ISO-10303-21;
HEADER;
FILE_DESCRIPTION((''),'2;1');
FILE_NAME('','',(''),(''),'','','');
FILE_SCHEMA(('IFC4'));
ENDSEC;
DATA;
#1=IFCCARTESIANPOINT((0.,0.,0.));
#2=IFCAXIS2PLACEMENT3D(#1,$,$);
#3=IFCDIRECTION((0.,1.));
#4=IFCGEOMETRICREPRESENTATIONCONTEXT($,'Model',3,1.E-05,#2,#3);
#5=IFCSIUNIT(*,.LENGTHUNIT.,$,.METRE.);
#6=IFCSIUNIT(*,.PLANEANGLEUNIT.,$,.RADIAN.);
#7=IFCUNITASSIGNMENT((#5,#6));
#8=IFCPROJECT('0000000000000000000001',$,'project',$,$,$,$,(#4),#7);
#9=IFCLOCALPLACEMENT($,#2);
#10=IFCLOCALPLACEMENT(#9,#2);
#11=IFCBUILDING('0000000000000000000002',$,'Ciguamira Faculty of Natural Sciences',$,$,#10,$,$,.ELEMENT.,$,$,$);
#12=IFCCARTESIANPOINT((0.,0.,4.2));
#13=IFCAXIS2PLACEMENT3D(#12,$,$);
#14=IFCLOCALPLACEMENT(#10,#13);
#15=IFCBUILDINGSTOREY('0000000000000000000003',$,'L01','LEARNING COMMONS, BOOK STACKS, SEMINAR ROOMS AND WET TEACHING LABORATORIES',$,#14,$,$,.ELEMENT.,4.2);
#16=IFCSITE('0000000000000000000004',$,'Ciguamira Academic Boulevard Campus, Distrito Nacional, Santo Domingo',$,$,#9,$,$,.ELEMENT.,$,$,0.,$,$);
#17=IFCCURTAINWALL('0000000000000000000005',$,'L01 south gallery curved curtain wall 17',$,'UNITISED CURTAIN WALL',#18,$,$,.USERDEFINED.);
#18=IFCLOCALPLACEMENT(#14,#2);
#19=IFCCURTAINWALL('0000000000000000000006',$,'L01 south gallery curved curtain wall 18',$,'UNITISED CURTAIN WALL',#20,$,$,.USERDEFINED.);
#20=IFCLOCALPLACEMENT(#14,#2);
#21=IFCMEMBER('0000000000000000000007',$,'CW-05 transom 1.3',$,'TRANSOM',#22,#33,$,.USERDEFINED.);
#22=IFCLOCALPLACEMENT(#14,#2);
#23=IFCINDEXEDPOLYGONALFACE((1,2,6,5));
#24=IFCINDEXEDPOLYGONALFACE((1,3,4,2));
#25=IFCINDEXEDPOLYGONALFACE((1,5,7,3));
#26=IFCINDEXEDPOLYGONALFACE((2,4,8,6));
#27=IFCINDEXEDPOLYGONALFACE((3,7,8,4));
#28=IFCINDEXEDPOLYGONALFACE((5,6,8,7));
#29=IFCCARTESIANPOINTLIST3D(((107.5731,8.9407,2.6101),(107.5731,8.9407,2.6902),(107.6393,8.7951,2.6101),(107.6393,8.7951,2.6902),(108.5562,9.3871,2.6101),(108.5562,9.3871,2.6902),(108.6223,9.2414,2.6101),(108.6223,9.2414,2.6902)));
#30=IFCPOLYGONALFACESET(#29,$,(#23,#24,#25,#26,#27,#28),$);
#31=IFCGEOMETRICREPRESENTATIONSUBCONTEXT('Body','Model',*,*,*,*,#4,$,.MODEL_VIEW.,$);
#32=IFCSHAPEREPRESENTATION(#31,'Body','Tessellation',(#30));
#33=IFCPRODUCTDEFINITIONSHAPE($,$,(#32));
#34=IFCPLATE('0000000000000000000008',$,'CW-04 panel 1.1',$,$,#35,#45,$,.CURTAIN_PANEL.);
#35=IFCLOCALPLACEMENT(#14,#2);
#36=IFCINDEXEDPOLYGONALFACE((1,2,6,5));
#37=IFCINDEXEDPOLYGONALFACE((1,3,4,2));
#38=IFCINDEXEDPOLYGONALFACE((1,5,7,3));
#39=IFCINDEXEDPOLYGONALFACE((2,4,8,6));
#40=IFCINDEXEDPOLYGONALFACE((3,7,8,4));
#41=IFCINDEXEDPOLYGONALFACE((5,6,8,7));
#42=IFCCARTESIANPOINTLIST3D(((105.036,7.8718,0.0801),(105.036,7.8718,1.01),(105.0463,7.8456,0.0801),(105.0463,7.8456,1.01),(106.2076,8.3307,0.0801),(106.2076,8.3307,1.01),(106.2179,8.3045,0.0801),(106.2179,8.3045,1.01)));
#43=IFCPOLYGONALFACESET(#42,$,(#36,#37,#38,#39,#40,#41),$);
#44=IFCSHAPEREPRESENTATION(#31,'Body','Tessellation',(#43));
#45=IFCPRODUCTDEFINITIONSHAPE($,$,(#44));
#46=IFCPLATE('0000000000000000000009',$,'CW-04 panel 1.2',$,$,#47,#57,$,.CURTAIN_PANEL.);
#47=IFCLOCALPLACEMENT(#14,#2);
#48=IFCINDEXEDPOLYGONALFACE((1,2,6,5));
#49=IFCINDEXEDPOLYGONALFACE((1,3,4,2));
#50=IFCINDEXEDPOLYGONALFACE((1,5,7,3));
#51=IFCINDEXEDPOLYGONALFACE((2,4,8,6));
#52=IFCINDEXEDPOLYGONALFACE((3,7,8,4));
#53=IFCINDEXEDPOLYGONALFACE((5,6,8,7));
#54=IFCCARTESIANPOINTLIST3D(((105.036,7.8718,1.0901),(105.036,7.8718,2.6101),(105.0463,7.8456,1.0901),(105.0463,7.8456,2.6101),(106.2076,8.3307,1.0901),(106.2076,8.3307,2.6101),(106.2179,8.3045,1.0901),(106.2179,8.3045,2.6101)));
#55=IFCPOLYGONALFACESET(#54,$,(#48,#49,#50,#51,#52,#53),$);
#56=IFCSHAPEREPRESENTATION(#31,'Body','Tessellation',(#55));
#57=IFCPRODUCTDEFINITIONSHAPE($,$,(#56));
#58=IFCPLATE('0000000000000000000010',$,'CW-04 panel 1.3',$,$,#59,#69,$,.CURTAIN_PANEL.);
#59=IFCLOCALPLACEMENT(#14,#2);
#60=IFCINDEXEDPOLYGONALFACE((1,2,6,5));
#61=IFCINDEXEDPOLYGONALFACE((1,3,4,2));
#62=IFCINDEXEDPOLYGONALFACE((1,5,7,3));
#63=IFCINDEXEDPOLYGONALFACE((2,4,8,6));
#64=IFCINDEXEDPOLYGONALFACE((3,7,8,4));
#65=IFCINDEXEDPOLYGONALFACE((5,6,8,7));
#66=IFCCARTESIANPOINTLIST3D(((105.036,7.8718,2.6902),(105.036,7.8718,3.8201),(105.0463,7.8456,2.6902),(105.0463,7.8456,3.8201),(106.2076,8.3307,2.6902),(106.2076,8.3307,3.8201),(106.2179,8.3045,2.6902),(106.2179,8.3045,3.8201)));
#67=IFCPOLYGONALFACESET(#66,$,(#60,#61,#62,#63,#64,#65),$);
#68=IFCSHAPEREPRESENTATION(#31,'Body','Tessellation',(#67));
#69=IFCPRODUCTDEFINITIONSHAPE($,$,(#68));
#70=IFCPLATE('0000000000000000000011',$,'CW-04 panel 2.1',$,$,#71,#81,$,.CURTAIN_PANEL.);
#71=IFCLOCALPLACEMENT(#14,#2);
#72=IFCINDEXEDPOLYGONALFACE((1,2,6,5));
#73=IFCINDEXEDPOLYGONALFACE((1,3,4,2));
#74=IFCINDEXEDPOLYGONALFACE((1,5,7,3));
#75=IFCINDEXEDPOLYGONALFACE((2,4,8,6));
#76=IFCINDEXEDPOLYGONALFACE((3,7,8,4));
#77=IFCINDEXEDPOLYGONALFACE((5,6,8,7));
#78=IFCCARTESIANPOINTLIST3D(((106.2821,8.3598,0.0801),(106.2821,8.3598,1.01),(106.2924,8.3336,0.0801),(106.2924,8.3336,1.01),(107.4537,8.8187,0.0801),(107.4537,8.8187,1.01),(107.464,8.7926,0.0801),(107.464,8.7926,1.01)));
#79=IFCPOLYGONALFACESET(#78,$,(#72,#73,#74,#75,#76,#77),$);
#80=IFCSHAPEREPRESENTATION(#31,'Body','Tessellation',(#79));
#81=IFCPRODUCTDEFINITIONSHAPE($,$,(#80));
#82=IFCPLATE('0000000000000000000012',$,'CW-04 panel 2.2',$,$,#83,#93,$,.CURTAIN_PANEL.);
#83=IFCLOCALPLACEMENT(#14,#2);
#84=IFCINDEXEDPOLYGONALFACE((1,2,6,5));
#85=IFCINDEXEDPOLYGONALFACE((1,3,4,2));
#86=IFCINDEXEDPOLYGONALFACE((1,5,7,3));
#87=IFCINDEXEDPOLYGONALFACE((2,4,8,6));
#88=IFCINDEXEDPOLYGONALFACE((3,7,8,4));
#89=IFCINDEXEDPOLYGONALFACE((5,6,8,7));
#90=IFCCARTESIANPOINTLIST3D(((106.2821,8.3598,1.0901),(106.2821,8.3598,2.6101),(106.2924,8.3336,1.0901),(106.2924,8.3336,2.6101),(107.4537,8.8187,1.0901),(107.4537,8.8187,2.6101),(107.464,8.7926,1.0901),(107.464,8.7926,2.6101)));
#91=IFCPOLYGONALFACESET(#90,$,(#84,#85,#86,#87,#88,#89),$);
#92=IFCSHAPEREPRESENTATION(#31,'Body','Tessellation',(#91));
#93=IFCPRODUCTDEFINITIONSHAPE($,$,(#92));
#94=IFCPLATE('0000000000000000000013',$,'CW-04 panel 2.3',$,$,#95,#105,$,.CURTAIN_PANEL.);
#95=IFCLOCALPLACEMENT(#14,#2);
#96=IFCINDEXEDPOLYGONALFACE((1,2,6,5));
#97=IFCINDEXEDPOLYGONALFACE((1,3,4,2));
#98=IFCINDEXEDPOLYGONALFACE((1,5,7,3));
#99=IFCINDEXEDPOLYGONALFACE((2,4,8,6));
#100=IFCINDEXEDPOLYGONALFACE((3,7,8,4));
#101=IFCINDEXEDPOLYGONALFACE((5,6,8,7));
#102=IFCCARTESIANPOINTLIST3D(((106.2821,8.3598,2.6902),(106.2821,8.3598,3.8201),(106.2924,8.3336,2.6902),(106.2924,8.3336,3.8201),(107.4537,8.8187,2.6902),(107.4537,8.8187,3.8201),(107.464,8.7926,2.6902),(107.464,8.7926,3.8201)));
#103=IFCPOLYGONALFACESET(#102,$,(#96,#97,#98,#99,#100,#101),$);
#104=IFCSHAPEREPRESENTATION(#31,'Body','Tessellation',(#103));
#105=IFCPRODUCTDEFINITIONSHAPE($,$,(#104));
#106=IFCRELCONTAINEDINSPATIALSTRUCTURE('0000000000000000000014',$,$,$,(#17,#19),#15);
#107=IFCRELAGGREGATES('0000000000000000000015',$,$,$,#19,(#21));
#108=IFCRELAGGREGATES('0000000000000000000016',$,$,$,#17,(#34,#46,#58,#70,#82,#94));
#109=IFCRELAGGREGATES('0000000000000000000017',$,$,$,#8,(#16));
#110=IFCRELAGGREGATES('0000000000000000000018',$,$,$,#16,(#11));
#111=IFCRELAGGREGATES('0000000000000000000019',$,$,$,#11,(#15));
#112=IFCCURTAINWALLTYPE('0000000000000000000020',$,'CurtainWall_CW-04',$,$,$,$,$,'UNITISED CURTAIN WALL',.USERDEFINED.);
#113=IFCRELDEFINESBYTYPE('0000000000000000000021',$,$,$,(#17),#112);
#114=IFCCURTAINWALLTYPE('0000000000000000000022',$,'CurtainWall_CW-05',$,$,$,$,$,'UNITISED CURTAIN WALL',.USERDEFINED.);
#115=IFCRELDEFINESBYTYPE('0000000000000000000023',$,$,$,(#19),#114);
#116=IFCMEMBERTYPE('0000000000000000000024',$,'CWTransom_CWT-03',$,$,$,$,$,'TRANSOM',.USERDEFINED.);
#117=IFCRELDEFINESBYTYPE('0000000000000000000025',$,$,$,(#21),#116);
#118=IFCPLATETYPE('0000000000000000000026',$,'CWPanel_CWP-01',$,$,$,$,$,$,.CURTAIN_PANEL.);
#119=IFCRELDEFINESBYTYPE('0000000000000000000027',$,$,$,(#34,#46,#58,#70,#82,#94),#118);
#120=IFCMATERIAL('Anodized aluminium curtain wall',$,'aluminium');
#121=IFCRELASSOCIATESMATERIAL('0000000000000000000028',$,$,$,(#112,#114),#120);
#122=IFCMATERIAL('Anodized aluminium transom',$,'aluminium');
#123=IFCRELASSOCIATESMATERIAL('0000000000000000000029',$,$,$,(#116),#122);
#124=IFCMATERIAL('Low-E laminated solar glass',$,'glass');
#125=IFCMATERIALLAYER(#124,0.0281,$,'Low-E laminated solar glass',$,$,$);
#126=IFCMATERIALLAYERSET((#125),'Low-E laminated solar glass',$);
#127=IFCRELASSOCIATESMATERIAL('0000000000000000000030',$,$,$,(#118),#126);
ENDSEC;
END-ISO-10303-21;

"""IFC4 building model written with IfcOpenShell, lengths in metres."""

from ifc_helpers import new_model, si_unit, direction, frame, origin, origin_2d, place, context, subcontext, project, spatial, rectangle, extrude, material, layer, layer_set, material_profile, profile_set, type_object, element, aggregate, save


model = new_model("IFC4")

# Units and contexts
model_context = context("Model", 3, precision=1e-05, world=origin(), true_north=direction((0.0, 1.0)))
body_context = subcontext(model_context, "Body", "Model", "MODEL_VIEW")
ifc_project = project(units=[si_unit("LENGTHUNIT", "METRE"), si_unit("PLANEANGLEUNIT", "RADIAN")], contexts=[model_context])

# Site, building, storey
site_placement = place(None, origin())
site = spatial("IfcSite", under=ifc_project, at=site_placement, Name="Ciguamira Academic Boulevard Campus, Distrito Nacional, Santo Domingo", CompositionType="ELEMENT", RefElevation=0.0)
building_placement = place(site_placement, origin())
building = spatial("IfcBuilding", under=site, at=building_placement, Name="Ciguamira Faculty of Natural Sciences", CompositionType="ELEMENT")
storey_placement = place(building_placement, frame((0.0, 0.0, 4.2)))
storey = spatial("IfcBuildingStorey", under=building, at=storey_placement, Name="L01", Description="LEARNING COMMONS, BOOK STACKS, SEMINAR ROOMS AND WET TEACHING LABORATORIES", CompositionType="ELEMENT", Elevation=4.2)

# Curtain wall
ifc_material_1 = material(Name="Anodized aluminium curtain wall", Category="aluminium")
curtain_wall_type_1 = type_object("IfcCurtainWallType", Name="CurtainWall_CW-04", ElementType="UNITISED CURTAIN WALL", PredefinedType="USERDEFINED", material=ifc_material_1)
curtain_wall_1_placement = place(storey_placement, origin())
curtain_wall_1 = element("IfcCurtainWall", 1, at=curtain_wall_1_placement, inside=storey, type_object=curtain_wall_type_1, Name="L01 south gallery curved curtain wall 17", ObjectType="UNITISED CURTAIN WALL", PredefinedType="USERDEFINED")

# Curtain wall
curtain_wall_type_2 = type_object("IfcCurtainWallType", Name="CurtainWall_CW-05", ElementType="UNITISED CURTAIN WALL", PredefinedType="USERDEFINED", material=ifc_material_1)
curtain_wall_2_placement = place(storey_placement, origin())
curtain_wall_2 = element("IfcCurtainWall", 2, at=curtain_wall_2_placement, inside=storey, type_object=curtain_wall_type_2, Name="L01 south gallery curved curtain wall 18", ObjectType="UNITISED CURTAIN WALL", PredefinedType="USERDEFINED")

# Member
ifc_material_2 = material(Name="Anodized aluminium transom", Category="aluminium")
ifc_material_profile_1 = material_profile(ifc_material_2, rectangle(XDim=0.0801, YDim=0.1599, at=origin_2d()), Name="ALU-TRN-80X160")
ifc_profile_set_1 = profile_set([ifc_material_profile_1], Name="Anodized aluminium transom")
member_type_1 = type_object("IfcMemberType", Name="CWTransom_CWT-03", ElementType="TRANSOM", PredefinedType="USERDEFINED", material=ifc_profile_set_1)
member_1_placement = place(storey_placement, frame((107.6062, 8.8679, 2.6501), z_axis=(0.910537, 0.413428, 0.0), x_axis=(0.0, 0.0, 1.0)))
member_1 = element("IfcMember", 3, at=member_1_placement, type_object=member_type_1, Name="CW-05 transom 1.3", ObjectType="TRANSOM", PredefinedType="USERDEFINED", context=body_context, shape_type="SweptSolid", body=[
    extrude(rectangle(XDim=0.0801, YDim=0.1599, at=origin_2d()), origin(), (0.0, 0.0, 1.0), 1.0796),
])
aggregate(curtain_wall_2, [member_1])

# Plates
ifc_material_3 = material(Name="Low-E laminated solar glass", Category="glass")
ifc_layer = layer(ifc_material_3, 0.0281, Name="Low-E laminated solar glass")
ifc_layer_set = layer_set([ifc_layer], Name="Low-E laminated solar glass")
plate_type = type_object("IfcPlateType", Name="CWPanel_CWP-01", PredefinedType="CURTAIN_PANEL", material=ifc_layer_set)
plate_1_placement = place(storey_placement, frame((105.627, 8.0881, 0.0801), z_axis=(0.0, 0.0, 1.0), x_axis=(0.931122, 0.364707, 0.0)))
plate_1 = element("IfcPlate", 4, at=plate_1_placement, type_object=plate_type, Name="CW-04 panel 1.1", PredefinedType="CURTAIN_PANEL", context=body_context, shape_type="SweptSolid", body=[
    extrude(rectangle(XDim=1.2583, YDim=0.0281, at=origin_2d()), origin(), (0.0, 0.0, 1.0), 0.9299),
])
plate_2_placement = place(storey_placement, frame((105.627, 8.0881, 1.0901), z_axis=(0.0, 0.0, 1.0), x_axis=(0.931122, 0.364707, 0.0)))
plate_2 = element("IfcPlate", 5, at=plate_2_placement, type_object=plate_type, Name="CW-04 panel 1.2", PredefinedType="CURTAIN_PANEL", context=body_context, shape_type="SweptSolid", body=[
    extrude(rectangle(XDim=1.2583, YDim=0.0281, at=origin_2d()), origin(), (0.0, 0.0, 1.0), 1.52),
])
plate_3_placement = place(storey_placement, frame((105.627, 8.0881, 2.6902), z_axis=(0.0, 0.0, 1.0), x_axis=(0.931122, 0.364707, 0.0)))
plate_3 = element("IfcPlate", 6, at=plate_3_placement, type_object=plate_type, Name="CW-04 panel 1.3", PredefinedType="CURTAIN_PANEL", context=body_context, shape_type="SweptSolid", body=[
    extrude(rectangle(XDim=1.2583, YDim=0.0281, at=origin_2d()), origin(), (0.0, 0.0, 1.0), 1.1299),
])
plate_4_placement = place(storey_placement, frame((106.873, 8.5762, 0.0801), z_axis=(0.0, 0.0, 1.0), x_axis=(0.931122, 0.364707, 0.0)))
plate_4 = element("IfcPlate", 7, at=plate_4_placement, type_object=plate_type, Name="CW-04 panel 2.1", PredefinedType="CURTAIN_PANEL", context=body_context, shape_type="SweptSolid", body=[
    extrude(rectangle(XDim=1.2583, YDim=0.0281, at=origin_2d()), origin(), (0.0, 0.0, 1.0), 0.9299),
])
plate_5_placement = place(storey_placement, frame((106.873, 8.5762, 1.0901), z_axis=(0.0, 0.0, 1.0), x_axis=(0.931122, 0.364707, 0.0)))
plate_5 = element("IfcPlate", 8, at=plate_5_placement, type_object=plate_type, Name="CW-04 panel 2.2", PredefinedType="CURTAIN_PANEL", context=body_context, shape_type="SweptSolid", body=[
    extrude(rectangle(XDim=1.2583, YDim=0.0281, at=origin_2d()), origin(), (0.0, 0.0, 1.0), 1.52),
])
plate_6_placement = place(storey_placement, frame((106.873, 8.5762, 2.6902), z_axis=(0.0, 0.0, 1.0), x_axis=(0.931122, 0.364707, 0.0)))
plate_6 = element("IfcPlate", 9, at=plate_6_placement, type_object=plate_type, Name="CW-04 panel 2.3", PredefinedType="CURTAIN_PANEL", context=body_context, shape_type="SweptSolid", body=[
    extrude(rectangle(XDim=1.2583, YDim=0.0281, at=origin_2d()), origin(), (0.0, 0.0, 1.0), 1.1299),
])
aggregate(curtain_wall_1, [plate_1, plate_2, plate_3, plate_4, plate_5, plate_6])

save(model, "model.ifc")
